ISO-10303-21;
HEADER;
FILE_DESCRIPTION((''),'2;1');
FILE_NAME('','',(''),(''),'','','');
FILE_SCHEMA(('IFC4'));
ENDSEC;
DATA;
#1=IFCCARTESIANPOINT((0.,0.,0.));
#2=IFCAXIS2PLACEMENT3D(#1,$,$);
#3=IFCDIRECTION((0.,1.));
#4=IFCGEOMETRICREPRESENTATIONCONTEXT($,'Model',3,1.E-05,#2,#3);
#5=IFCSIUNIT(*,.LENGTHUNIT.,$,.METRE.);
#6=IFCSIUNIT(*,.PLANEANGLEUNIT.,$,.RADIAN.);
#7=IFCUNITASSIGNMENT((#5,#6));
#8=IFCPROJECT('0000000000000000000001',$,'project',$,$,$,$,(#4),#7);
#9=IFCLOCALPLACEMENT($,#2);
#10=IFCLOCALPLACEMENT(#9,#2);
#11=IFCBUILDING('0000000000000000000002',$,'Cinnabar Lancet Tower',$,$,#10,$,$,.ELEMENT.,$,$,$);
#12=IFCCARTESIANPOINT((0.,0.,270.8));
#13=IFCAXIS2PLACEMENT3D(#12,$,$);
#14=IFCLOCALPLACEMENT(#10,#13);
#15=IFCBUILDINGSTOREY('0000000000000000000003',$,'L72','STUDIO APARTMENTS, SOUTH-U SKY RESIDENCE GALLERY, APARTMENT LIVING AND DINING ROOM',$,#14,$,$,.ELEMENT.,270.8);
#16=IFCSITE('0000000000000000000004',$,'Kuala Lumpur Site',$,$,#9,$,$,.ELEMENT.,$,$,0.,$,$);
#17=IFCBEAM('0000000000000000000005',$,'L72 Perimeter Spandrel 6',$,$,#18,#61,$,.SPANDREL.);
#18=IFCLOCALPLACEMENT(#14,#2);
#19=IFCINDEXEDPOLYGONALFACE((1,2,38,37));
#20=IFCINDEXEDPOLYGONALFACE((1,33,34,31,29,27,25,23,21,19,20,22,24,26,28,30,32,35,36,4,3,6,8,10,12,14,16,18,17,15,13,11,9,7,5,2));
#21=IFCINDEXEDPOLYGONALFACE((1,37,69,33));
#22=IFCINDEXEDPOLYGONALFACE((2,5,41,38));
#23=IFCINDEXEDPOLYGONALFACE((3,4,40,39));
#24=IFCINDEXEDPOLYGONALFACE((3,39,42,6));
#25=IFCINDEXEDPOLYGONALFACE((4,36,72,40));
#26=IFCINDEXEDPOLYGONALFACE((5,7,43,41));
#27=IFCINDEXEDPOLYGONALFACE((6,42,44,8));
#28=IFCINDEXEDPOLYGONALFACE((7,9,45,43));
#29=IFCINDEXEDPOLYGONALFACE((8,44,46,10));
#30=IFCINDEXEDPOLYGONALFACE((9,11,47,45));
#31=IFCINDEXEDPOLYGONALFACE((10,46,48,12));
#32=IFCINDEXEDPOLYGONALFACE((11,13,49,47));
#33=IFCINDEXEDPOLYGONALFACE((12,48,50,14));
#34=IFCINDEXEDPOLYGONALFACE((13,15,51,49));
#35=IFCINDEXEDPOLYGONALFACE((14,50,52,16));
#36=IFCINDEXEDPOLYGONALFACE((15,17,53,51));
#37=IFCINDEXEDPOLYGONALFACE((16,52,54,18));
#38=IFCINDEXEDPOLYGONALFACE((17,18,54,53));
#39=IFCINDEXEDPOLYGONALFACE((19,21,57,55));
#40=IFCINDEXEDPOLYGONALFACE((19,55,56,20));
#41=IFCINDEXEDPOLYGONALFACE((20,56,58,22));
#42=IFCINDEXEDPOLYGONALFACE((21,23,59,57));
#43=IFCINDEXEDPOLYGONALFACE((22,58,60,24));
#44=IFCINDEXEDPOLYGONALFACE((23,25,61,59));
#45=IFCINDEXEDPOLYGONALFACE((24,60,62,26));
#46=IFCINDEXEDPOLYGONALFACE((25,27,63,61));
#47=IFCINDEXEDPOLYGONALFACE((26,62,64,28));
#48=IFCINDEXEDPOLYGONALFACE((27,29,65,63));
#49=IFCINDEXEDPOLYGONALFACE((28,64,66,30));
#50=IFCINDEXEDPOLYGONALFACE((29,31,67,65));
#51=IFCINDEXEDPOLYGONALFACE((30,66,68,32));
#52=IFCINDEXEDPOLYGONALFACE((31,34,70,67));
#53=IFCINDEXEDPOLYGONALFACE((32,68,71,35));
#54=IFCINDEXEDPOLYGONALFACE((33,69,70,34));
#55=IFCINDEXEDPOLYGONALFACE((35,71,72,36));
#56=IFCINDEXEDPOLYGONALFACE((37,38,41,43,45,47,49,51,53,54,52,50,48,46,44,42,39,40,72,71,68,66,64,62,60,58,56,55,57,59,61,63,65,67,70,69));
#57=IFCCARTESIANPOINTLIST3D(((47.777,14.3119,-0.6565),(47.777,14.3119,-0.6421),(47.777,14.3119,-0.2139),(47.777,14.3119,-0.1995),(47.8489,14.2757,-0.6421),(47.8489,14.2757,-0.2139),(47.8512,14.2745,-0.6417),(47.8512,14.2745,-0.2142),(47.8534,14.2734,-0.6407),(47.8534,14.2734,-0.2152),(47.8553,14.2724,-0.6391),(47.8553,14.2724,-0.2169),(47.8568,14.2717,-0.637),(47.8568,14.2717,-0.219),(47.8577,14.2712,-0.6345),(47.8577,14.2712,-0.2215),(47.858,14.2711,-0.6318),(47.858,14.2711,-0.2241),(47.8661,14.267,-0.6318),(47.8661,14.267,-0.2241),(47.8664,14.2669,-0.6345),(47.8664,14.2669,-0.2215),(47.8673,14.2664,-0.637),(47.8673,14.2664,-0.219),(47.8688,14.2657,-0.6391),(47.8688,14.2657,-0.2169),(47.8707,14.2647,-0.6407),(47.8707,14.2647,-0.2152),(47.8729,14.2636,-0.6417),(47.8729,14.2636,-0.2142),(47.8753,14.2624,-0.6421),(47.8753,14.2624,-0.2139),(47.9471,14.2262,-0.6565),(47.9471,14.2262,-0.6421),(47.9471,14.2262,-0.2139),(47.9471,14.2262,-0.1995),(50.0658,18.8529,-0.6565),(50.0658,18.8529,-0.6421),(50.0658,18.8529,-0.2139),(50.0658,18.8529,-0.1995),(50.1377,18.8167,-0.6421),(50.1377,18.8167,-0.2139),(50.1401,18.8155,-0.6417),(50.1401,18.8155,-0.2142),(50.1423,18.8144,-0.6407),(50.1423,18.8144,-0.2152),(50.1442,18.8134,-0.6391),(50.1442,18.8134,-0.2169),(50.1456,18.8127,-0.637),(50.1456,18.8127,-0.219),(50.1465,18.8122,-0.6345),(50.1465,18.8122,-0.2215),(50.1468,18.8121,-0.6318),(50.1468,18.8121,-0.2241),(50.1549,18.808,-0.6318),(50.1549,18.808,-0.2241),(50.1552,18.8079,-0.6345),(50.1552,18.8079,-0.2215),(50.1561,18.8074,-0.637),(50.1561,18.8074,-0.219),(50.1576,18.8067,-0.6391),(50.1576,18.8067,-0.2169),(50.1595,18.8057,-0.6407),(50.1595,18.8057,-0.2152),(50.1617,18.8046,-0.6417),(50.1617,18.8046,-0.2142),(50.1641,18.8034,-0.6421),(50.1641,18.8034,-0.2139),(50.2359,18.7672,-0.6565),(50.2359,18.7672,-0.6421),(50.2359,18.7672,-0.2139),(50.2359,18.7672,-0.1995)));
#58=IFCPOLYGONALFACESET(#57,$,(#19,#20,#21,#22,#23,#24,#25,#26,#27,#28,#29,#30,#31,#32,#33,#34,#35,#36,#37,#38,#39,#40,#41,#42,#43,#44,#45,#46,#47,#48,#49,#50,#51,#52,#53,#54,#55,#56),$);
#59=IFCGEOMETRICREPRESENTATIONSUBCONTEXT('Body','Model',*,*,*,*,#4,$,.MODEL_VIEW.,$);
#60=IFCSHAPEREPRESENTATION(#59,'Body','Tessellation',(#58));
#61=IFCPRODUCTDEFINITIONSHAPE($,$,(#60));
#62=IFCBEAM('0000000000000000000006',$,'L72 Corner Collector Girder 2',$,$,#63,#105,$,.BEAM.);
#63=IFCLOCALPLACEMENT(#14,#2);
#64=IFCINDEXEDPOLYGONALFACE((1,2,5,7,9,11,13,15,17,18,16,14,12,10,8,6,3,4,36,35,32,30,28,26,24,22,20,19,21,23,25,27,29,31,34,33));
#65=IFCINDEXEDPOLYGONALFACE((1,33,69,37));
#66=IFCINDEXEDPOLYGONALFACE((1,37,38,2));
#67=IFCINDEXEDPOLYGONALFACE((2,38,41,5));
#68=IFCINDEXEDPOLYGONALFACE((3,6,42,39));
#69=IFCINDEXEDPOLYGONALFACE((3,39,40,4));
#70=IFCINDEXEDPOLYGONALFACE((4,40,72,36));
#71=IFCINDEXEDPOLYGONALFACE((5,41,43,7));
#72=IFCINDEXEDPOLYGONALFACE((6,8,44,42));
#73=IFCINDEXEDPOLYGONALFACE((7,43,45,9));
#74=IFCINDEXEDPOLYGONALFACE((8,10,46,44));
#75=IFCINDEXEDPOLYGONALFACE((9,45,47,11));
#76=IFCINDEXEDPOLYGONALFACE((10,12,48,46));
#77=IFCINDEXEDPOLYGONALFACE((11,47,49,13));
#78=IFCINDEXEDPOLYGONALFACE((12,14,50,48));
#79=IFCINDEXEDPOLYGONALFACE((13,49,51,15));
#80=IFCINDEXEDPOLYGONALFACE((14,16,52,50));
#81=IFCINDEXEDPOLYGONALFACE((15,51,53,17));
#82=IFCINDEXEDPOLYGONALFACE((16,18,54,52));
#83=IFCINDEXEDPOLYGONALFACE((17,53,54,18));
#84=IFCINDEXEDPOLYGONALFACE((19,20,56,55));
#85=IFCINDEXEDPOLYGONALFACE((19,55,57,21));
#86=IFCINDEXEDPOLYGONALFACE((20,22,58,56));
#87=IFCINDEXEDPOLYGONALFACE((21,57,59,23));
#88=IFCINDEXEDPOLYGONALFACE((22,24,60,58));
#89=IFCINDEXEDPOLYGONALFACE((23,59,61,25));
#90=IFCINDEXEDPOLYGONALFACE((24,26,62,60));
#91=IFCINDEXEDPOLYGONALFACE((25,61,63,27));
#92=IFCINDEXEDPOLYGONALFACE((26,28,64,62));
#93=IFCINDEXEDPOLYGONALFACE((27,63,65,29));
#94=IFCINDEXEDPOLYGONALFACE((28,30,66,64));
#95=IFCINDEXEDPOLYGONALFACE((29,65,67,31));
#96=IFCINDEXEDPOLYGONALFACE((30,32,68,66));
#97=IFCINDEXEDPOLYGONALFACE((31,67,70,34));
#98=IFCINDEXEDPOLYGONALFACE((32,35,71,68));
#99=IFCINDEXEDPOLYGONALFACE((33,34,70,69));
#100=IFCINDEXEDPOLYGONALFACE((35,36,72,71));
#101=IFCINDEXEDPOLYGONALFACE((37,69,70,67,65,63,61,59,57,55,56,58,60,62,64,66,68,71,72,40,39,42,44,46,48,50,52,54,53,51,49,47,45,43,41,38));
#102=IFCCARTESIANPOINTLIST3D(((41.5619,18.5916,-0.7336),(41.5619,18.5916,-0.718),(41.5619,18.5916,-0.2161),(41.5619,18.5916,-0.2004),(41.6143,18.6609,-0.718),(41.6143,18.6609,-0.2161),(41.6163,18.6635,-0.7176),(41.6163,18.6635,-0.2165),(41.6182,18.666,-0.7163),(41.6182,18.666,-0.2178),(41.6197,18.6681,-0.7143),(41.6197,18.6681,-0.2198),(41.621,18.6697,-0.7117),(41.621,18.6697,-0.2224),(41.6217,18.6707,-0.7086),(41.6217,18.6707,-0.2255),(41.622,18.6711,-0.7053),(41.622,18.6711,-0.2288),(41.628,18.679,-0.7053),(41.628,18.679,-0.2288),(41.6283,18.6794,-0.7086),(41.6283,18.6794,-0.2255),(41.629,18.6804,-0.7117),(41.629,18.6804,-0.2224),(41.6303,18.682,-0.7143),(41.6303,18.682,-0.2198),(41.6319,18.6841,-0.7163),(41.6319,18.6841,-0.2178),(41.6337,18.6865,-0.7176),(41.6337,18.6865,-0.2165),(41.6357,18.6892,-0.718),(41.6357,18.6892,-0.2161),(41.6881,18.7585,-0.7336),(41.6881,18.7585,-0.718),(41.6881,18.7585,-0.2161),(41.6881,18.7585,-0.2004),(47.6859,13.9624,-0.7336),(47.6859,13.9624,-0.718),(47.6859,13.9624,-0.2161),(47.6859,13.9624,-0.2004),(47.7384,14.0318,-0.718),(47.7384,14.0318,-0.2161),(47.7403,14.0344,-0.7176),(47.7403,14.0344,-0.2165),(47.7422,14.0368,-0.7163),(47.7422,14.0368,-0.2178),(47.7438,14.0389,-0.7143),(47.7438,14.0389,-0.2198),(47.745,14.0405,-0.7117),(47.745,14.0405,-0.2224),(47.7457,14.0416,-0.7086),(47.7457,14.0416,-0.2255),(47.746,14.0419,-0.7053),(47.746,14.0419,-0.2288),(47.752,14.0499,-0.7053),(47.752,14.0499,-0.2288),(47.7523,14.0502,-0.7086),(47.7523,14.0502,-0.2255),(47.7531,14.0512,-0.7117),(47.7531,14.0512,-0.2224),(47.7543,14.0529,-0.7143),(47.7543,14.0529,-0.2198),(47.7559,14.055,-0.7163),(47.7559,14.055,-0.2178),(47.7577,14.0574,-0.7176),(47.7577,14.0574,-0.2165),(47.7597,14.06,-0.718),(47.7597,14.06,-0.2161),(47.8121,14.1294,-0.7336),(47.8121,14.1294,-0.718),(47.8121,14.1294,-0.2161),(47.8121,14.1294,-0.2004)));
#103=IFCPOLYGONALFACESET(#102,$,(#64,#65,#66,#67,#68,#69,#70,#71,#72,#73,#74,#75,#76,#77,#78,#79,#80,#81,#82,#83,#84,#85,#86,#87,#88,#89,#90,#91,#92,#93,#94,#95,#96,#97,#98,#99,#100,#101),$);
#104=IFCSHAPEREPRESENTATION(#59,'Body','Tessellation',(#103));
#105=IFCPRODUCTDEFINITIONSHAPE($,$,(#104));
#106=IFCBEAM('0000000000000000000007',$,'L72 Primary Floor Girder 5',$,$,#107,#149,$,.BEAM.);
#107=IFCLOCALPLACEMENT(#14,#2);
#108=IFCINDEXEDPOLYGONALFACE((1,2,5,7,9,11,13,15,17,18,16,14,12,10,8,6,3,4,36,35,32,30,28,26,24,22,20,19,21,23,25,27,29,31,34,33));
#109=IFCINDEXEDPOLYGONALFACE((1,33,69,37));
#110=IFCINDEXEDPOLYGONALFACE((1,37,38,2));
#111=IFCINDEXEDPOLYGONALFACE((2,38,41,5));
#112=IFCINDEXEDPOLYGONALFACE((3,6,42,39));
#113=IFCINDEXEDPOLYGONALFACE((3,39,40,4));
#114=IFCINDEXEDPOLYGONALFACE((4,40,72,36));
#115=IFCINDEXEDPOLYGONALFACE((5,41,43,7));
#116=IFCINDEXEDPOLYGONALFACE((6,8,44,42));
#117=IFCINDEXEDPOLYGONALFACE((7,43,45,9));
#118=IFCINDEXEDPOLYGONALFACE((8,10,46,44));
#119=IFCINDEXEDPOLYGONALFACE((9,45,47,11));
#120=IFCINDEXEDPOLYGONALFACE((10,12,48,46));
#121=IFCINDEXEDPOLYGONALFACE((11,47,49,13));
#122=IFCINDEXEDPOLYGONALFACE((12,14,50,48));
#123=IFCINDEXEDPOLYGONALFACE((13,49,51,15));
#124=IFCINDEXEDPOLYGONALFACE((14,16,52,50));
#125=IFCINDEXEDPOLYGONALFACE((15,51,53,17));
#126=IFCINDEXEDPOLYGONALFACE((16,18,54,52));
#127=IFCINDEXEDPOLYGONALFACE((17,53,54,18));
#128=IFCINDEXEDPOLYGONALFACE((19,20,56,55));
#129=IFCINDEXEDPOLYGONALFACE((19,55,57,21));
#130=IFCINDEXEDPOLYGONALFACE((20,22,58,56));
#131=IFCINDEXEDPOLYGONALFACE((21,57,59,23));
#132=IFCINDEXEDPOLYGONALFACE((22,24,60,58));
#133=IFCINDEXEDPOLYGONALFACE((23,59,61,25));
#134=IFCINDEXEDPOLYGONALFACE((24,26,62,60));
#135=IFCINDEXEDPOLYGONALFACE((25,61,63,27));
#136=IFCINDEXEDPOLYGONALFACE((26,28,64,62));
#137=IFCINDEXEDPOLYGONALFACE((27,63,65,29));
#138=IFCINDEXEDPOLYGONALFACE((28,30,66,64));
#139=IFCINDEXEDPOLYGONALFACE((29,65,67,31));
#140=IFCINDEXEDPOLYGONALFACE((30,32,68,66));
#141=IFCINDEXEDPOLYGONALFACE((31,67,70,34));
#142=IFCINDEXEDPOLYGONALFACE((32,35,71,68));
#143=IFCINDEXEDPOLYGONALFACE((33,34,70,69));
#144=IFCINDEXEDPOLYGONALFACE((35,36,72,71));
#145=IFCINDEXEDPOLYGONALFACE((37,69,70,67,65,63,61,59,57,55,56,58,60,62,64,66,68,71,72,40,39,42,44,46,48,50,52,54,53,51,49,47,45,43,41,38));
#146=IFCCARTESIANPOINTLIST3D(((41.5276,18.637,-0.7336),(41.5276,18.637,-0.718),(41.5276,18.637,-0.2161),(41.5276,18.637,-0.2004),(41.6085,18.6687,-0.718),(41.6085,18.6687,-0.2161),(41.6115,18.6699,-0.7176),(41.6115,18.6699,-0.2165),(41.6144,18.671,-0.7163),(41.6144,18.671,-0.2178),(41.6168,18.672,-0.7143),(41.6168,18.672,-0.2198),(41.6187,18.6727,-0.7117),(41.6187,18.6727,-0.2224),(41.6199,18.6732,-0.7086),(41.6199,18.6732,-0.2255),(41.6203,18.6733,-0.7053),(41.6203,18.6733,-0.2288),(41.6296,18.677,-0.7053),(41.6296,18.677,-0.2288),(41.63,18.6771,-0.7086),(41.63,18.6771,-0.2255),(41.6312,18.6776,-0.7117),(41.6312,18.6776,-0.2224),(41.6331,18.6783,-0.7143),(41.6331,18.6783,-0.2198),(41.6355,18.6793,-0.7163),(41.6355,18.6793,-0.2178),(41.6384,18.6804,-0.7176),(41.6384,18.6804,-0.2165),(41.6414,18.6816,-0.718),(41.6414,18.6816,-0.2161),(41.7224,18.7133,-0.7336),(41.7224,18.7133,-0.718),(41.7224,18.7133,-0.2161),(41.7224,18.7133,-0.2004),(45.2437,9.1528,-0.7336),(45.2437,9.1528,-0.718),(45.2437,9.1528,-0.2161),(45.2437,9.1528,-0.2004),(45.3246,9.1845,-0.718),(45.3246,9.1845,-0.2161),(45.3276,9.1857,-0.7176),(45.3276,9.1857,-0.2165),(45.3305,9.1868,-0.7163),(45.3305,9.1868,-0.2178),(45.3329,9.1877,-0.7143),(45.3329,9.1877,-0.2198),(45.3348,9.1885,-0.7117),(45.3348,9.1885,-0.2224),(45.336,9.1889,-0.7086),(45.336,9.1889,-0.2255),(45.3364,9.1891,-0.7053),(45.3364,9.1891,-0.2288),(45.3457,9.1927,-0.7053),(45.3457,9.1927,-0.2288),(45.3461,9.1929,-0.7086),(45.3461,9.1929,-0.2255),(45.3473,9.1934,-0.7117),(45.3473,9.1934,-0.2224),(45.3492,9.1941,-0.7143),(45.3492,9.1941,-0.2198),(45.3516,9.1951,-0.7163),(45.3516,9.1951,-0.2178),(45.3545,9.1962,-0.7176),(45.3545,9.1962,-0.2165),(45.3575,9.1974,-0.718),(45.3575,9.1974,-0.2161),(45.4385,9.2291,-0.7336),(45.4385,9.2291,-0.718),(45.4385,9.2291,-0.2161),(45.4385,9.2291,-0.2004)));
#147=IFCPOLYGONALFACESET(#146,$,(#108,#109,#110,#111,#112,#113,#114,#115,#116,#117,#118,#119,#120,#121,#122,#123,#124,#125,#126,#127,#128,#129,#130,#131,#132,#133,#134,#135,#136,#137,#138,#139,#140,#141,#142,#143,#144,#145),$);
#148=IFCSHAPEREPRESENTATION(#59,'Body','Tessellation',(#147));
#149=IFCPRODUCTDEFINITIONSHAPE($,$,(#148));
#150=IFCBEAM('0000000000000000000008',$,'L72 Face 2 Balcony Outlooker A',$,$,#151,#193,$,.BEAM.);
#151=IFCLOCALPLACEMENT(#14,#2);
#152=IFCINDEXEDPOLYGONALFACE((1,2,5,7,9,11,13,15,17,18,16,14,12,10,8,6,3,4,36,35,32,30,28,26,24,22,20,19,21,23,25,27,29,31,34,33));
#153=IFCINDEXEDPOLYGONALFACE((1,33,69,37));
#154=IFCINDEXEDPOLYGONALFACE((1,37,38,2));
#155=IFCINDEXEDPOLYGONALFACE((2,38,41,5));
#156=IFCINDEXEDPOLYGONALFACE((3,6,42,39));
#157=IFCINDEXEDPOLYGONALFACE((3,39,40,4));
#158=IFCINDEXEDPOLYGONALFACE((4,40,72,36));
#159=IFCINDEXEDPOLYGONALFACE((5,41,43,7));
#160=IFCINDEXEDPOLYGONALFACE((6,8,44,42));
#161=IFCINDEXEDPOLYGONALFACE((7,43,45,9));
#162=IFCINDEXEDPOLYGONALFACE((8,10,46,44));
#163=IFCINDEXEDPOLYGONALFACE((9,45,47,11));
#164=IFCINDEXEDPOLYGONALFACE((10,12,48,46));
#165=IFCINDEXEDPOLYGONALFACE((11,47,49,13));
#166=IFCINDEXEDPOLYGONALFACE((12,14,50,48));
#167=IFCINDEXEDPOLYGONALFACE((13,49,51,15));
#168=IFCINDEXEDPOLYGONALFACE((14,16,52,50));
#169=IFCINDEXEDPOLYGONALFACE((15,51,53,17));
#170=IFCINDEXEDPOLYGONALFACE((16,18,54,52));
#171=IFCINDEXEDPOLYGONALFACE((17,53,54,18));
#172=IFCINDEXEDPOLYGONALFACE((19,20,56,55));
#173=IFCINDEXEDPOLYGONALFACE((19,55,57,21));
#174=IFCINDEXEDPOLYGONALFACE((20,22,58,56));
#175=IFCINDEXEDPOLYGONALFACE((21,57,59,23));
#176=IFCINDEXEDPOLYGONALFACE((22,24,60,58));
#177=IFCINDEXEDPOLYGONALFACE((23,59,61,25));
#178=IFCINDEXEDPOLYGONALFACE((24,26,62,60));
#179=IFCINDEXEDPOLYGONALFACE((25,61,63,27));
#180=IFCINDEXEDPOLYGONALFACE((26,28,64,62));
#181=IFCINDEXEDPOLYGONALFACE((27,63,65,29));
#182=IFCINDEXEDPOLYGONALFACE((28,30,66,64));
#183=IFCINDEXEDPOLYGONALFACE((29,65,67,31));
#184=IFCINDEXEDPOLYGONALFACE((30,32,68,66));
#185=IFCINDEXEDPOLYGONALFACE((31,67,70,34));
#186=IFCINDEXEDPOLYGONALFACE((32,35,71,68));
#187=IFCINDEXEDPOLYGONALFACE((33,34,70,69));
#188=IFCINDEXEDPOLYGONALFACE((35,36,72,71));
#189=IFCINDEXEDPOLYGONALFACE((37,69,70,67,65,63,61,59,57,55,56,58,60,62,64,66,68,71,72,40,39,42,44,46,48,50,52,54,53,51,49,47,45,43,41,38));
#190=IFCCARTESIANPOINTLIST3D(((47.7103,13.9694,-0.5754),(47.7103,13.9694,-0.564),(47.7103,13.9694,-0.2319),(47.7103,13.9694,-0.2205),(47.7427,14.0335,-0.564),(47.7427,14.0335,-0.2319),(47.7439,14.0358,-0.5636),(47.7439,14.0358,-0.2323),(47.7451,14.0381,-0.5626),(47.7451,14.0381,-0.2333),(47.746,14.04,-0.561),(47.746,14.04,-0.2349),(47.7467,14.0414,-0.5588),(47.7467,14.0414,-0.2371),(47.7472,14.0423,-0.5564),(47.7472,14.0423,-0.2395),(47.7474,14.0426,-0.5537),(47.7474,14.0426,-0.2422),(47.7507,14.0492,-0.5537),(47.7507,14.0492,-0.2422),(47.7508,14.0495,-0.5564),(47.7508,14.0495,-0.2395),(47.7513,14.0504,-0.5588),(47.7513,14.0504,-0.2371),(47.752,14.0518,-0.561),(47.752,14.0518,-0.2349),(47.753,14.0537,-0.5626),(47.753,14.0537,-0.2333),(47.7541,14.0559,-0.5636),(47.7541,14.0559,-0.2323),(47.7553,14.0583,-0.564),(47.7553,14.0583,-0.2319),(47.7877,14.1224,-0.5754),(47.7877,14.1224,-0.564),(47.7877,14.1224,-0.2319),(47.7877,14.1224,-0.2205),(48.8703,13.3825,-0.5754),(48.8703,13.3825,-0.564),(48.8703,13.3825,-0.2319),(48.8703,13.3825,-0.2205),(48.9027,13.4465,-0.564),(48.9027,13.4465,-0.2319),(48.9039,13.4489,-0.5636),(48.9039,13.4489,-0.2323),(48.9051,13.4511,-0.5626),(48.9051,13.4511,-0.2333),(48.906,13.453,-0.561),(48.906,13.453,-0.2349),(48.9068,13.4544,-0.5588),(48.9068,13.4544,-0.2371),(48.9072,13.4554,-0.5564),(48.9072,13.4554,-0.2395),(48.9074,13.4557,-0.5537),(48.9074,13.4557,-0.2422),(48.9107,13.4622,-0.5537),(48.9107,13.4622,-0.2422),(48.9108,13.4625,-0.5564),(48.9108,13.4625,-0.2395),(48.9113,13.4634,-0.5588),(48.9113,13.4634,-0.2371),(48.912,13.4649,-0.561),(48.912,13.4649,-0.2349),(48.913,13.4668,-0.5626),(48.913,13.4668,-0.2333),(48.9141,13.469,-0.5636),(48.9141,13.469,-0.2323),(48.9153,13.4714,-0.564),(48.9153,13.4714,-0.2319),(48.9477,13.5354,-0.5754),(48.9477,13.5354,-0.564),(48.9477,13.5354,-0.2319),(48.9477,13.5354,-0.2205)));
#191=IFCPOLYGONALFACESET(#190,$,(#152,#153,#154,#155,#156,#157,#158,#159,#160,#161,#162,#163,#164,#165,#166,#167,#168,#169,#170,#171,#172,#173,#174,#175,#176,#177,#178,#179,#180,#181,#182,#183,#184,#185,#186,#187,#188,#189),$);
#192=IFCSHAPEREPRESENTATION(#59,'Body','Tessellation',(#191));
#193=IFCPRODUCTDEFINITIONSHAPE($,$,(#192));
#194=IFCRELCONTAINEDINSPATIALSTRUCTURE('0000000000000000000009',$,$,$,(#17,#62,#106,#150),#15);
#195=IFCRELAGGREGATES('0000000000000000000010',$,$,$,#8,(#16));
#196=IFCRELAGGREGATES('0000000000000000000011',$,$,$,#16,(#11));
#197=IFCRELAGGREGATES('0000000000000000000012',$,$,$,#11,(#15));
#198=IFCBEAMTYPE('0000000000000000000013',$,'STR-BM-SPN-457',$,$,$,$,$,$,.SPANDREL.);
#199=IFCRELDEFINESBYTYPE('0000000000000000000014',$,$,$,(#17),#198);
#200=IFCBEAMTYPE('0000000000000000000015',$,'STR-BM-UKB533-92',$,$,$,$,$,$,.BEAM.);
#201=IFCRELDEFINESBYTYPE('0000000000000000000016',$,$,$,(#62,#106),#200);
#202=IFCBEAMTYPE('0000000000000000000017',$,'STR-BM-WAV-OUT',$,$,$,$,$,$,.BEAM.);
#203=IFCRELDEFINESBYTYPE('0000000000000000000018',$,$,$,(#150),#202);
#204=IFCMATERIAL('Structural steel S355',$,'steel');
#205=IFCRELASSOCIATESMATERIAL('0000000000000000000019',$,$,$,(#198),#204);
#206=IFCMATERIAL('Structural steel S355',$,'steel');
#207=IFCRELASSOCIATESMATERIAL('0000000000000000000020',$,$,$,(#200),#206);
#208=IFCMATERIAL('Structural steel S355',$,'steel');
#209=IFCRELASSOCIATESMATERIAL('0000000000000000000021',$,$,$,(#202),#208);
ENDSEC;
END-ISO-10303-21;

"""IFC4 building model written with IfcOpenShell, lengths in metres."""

from ifc_helpers import new_model, si_unit, direction, frame, origin, origin_2d, place, context, subcontext, project, spatial, i_section, extrude, material, material_profile, profile_set, type_object, element, save


model = new_model("IFC4")

# Units and contexts
model_context = context("Model", 3, precision=1e-05, world=origin(), true_north=direction((0.0, 1.0)))
body_context = subcontext(model_context, "Body", "Model", "MODEL_VIEW")
ifc_project = project(units=[si_unit("LENGTHUNIT", "METRE"), si_unit("PLANEANGLEUNIT", "RADIAN")], contexts=[model_context])

# Site, building, storey
site_placement = place(None, origin())
site = spatial("IfcSite", under=ifc_project, at=site_placement, Name="Kuala Lumpur Site", CompositionType="ELEMENT", RefElevation=0.0)
building_placement = place(site_placement, origin())
building = spatial("IfcBuilding", under=site, at=building_placement, Name="Cinnabar Lancet Tower", CompositionType="ELEMENT")
storey_placement = place(building_placement, frame((0.0, 0.0, 270.8)))
storey = spatial("IfcBuildingStorey", under=building, at=storey_placement, Name="L72", Description="STUDIO APARTMENTS, SOUTH-U SKY RESIDENCE GALLERY, APARTMENT LIVING AND DINING ROOM", CompositionType="ELEMENT", Elevation=270.8)

# Beams
ifc_material_1 = material(Name="Structural steel S355", Category="steel")
ifc_material_profile_1 = material_profile(ifc_material_1, i_section(OverallWidth=0.1904, OverallDepth=0.457, WebThickness=0.009, FlangeThickness=0.0144, FilletRadius=0.0103, at=origin_2d()), Name="UKB 457x191x74")
ifc_profile_set_1 = profile_set([ifc_material_profile_1], Name="Structural steel S355")
beam_type_1 = type_object("IfcBeamType", Name="STR-BM-SPN-457", PredefinedType="SPANDREL", material=ifc_profile_set_1)
beam_1_placement = place(storey_placement, frame((47.8621, 14.269, -0.428), z_axis=(0.450092, 0.892982, 0.0), x_axis=(-0.892982, 0.450092, 0.0)))
element("IfcBeam", 1, at=beam_1_placement, inside=storey, type_object=beam_type_1, Name="L72 Perimeter Spandrel 6", PredefinedType="SPANDREL", context=body_context, shape_type="SweptSolid", body=[
    extrude(i_section(OverallWidth=0.1904, OverallDepth=0.457, WebThickness=0.009, FlangeThickness=0.0144, FilletRadius=0.0103, at=origin_2d()), origin(), (0.0, 0.0, 1.0), 5.0852),
])
ifc_material_2 = material(Name="Structural steel S355", Category="steel")
ifc_material_profile_2 = material_profile(ifc_material_2, i_section(OverallWidth=0.2092, OverallDepth=0.5332, WebThickness=0.01, FlangeThickness=0.0156, FilletRadius=0.0127, at=origin_2d()), Name="UKB 533x210x92")
ifc_profile_set_2 = profile_set([ifc_material_profile_2], Name="Structural steel S355")
beam_type_2 = type_object("IfcBeamType", Name="STR-BM-UKB533-92", PredefinedType="BEAM", material=ifc_profile_set_2)
beam_2_placement = place(storey_placement, frame((47.749, 14.0459, -0.467), z_axis=(-0.797735, 0.603008, 0.0), x_axis=(-0.603008, -0.797735, 0.0)))
element("IfcBeam", 2, at=beam_2_placement, inside=storey, type_object=beam_type_2, Name="L72 Corner Collector Girder 2", PredefinedType="BEAM", context=body_context, shape_type="SweptSolid", body=[
    extrude(i_section(OverallWidth=0.2092, OverallDepth=0.5332, WebThickness=0.01, FlangeThickness=0.0156, FilletRadius=0.0127, at=origin_2d()), origin(), (0.0, 0.0, 1.0), 7.6768),
])
beam_3_placement = place(storey_placement, frame((45.3411, 9.1909, -0.467), z_axis=(-0.364815, 0.93108, 0.0), x_axis=(-0.93108, -0.364815, 0.0)))
element("IfcBeam", 3, at=beam_3_placement, inside=storey, type_object=beam_type_2, Name="L72 Primary Floor Girder 5", PredefinedType="BEAM", context=body_context, shape_type="SweptSolid", body=[
    extrude(i_section(OverallWidth=0.2092, OverallDepth=0.5332, WebThickness=0.01, FlangeThickness=0.0156, FilletRadius=0.0127, at=origin_2d()), origin(), (0.0, 0.0, 1.0), 10.1863),
])
ifc_material_3 = material(Name="Structural steel S355", Category="steel")
ifc_material_profile_3 = material_profile(ifc_material_3, i_section(OverallWidth=0.1714, OverallDepth=0.355, WebThickness=0.0073, FlangeThickness=0.0115, FilletRadius=0.0103, at=origin_2d()), Name="UKB 356x171x51")
ifc_profile_set_3 = profile_set([ifc_material_profile_3], Name="Structural steel S355")
beam_type_3 = type_object("IfcBeamType", Name="STR-BM-WAV-OUT", PredefinedType="BEAM", material=ifc_profile_set_3)
beam_4_placement = place(storey_placement, frame((47.749, 14.0459, -0.3979), z_axis=(0.892276, -0.45149, 0.0), x_axis=(0.45149, 0.892276, 0.0)))
element("IfcBeam", 4, at=beam_4_placement, inside=storey, type_object=beam_type_3, Name="L72 Face 2 Balcony Outlooker A", PredefinedType="BEAM", context=body_context, shape_type="SweptSolid", body=[
    extrude(i_section(OverallWidth=0.1714, OverallDepth=0.355, WebThickness=0.0073, FlangeThickness=0.0115, FilletRadius=0.0103, at=origin_2d()), origin(), (0.0, 0.0, 1.0), 1.3),
])

save(model, "model.ifc")
